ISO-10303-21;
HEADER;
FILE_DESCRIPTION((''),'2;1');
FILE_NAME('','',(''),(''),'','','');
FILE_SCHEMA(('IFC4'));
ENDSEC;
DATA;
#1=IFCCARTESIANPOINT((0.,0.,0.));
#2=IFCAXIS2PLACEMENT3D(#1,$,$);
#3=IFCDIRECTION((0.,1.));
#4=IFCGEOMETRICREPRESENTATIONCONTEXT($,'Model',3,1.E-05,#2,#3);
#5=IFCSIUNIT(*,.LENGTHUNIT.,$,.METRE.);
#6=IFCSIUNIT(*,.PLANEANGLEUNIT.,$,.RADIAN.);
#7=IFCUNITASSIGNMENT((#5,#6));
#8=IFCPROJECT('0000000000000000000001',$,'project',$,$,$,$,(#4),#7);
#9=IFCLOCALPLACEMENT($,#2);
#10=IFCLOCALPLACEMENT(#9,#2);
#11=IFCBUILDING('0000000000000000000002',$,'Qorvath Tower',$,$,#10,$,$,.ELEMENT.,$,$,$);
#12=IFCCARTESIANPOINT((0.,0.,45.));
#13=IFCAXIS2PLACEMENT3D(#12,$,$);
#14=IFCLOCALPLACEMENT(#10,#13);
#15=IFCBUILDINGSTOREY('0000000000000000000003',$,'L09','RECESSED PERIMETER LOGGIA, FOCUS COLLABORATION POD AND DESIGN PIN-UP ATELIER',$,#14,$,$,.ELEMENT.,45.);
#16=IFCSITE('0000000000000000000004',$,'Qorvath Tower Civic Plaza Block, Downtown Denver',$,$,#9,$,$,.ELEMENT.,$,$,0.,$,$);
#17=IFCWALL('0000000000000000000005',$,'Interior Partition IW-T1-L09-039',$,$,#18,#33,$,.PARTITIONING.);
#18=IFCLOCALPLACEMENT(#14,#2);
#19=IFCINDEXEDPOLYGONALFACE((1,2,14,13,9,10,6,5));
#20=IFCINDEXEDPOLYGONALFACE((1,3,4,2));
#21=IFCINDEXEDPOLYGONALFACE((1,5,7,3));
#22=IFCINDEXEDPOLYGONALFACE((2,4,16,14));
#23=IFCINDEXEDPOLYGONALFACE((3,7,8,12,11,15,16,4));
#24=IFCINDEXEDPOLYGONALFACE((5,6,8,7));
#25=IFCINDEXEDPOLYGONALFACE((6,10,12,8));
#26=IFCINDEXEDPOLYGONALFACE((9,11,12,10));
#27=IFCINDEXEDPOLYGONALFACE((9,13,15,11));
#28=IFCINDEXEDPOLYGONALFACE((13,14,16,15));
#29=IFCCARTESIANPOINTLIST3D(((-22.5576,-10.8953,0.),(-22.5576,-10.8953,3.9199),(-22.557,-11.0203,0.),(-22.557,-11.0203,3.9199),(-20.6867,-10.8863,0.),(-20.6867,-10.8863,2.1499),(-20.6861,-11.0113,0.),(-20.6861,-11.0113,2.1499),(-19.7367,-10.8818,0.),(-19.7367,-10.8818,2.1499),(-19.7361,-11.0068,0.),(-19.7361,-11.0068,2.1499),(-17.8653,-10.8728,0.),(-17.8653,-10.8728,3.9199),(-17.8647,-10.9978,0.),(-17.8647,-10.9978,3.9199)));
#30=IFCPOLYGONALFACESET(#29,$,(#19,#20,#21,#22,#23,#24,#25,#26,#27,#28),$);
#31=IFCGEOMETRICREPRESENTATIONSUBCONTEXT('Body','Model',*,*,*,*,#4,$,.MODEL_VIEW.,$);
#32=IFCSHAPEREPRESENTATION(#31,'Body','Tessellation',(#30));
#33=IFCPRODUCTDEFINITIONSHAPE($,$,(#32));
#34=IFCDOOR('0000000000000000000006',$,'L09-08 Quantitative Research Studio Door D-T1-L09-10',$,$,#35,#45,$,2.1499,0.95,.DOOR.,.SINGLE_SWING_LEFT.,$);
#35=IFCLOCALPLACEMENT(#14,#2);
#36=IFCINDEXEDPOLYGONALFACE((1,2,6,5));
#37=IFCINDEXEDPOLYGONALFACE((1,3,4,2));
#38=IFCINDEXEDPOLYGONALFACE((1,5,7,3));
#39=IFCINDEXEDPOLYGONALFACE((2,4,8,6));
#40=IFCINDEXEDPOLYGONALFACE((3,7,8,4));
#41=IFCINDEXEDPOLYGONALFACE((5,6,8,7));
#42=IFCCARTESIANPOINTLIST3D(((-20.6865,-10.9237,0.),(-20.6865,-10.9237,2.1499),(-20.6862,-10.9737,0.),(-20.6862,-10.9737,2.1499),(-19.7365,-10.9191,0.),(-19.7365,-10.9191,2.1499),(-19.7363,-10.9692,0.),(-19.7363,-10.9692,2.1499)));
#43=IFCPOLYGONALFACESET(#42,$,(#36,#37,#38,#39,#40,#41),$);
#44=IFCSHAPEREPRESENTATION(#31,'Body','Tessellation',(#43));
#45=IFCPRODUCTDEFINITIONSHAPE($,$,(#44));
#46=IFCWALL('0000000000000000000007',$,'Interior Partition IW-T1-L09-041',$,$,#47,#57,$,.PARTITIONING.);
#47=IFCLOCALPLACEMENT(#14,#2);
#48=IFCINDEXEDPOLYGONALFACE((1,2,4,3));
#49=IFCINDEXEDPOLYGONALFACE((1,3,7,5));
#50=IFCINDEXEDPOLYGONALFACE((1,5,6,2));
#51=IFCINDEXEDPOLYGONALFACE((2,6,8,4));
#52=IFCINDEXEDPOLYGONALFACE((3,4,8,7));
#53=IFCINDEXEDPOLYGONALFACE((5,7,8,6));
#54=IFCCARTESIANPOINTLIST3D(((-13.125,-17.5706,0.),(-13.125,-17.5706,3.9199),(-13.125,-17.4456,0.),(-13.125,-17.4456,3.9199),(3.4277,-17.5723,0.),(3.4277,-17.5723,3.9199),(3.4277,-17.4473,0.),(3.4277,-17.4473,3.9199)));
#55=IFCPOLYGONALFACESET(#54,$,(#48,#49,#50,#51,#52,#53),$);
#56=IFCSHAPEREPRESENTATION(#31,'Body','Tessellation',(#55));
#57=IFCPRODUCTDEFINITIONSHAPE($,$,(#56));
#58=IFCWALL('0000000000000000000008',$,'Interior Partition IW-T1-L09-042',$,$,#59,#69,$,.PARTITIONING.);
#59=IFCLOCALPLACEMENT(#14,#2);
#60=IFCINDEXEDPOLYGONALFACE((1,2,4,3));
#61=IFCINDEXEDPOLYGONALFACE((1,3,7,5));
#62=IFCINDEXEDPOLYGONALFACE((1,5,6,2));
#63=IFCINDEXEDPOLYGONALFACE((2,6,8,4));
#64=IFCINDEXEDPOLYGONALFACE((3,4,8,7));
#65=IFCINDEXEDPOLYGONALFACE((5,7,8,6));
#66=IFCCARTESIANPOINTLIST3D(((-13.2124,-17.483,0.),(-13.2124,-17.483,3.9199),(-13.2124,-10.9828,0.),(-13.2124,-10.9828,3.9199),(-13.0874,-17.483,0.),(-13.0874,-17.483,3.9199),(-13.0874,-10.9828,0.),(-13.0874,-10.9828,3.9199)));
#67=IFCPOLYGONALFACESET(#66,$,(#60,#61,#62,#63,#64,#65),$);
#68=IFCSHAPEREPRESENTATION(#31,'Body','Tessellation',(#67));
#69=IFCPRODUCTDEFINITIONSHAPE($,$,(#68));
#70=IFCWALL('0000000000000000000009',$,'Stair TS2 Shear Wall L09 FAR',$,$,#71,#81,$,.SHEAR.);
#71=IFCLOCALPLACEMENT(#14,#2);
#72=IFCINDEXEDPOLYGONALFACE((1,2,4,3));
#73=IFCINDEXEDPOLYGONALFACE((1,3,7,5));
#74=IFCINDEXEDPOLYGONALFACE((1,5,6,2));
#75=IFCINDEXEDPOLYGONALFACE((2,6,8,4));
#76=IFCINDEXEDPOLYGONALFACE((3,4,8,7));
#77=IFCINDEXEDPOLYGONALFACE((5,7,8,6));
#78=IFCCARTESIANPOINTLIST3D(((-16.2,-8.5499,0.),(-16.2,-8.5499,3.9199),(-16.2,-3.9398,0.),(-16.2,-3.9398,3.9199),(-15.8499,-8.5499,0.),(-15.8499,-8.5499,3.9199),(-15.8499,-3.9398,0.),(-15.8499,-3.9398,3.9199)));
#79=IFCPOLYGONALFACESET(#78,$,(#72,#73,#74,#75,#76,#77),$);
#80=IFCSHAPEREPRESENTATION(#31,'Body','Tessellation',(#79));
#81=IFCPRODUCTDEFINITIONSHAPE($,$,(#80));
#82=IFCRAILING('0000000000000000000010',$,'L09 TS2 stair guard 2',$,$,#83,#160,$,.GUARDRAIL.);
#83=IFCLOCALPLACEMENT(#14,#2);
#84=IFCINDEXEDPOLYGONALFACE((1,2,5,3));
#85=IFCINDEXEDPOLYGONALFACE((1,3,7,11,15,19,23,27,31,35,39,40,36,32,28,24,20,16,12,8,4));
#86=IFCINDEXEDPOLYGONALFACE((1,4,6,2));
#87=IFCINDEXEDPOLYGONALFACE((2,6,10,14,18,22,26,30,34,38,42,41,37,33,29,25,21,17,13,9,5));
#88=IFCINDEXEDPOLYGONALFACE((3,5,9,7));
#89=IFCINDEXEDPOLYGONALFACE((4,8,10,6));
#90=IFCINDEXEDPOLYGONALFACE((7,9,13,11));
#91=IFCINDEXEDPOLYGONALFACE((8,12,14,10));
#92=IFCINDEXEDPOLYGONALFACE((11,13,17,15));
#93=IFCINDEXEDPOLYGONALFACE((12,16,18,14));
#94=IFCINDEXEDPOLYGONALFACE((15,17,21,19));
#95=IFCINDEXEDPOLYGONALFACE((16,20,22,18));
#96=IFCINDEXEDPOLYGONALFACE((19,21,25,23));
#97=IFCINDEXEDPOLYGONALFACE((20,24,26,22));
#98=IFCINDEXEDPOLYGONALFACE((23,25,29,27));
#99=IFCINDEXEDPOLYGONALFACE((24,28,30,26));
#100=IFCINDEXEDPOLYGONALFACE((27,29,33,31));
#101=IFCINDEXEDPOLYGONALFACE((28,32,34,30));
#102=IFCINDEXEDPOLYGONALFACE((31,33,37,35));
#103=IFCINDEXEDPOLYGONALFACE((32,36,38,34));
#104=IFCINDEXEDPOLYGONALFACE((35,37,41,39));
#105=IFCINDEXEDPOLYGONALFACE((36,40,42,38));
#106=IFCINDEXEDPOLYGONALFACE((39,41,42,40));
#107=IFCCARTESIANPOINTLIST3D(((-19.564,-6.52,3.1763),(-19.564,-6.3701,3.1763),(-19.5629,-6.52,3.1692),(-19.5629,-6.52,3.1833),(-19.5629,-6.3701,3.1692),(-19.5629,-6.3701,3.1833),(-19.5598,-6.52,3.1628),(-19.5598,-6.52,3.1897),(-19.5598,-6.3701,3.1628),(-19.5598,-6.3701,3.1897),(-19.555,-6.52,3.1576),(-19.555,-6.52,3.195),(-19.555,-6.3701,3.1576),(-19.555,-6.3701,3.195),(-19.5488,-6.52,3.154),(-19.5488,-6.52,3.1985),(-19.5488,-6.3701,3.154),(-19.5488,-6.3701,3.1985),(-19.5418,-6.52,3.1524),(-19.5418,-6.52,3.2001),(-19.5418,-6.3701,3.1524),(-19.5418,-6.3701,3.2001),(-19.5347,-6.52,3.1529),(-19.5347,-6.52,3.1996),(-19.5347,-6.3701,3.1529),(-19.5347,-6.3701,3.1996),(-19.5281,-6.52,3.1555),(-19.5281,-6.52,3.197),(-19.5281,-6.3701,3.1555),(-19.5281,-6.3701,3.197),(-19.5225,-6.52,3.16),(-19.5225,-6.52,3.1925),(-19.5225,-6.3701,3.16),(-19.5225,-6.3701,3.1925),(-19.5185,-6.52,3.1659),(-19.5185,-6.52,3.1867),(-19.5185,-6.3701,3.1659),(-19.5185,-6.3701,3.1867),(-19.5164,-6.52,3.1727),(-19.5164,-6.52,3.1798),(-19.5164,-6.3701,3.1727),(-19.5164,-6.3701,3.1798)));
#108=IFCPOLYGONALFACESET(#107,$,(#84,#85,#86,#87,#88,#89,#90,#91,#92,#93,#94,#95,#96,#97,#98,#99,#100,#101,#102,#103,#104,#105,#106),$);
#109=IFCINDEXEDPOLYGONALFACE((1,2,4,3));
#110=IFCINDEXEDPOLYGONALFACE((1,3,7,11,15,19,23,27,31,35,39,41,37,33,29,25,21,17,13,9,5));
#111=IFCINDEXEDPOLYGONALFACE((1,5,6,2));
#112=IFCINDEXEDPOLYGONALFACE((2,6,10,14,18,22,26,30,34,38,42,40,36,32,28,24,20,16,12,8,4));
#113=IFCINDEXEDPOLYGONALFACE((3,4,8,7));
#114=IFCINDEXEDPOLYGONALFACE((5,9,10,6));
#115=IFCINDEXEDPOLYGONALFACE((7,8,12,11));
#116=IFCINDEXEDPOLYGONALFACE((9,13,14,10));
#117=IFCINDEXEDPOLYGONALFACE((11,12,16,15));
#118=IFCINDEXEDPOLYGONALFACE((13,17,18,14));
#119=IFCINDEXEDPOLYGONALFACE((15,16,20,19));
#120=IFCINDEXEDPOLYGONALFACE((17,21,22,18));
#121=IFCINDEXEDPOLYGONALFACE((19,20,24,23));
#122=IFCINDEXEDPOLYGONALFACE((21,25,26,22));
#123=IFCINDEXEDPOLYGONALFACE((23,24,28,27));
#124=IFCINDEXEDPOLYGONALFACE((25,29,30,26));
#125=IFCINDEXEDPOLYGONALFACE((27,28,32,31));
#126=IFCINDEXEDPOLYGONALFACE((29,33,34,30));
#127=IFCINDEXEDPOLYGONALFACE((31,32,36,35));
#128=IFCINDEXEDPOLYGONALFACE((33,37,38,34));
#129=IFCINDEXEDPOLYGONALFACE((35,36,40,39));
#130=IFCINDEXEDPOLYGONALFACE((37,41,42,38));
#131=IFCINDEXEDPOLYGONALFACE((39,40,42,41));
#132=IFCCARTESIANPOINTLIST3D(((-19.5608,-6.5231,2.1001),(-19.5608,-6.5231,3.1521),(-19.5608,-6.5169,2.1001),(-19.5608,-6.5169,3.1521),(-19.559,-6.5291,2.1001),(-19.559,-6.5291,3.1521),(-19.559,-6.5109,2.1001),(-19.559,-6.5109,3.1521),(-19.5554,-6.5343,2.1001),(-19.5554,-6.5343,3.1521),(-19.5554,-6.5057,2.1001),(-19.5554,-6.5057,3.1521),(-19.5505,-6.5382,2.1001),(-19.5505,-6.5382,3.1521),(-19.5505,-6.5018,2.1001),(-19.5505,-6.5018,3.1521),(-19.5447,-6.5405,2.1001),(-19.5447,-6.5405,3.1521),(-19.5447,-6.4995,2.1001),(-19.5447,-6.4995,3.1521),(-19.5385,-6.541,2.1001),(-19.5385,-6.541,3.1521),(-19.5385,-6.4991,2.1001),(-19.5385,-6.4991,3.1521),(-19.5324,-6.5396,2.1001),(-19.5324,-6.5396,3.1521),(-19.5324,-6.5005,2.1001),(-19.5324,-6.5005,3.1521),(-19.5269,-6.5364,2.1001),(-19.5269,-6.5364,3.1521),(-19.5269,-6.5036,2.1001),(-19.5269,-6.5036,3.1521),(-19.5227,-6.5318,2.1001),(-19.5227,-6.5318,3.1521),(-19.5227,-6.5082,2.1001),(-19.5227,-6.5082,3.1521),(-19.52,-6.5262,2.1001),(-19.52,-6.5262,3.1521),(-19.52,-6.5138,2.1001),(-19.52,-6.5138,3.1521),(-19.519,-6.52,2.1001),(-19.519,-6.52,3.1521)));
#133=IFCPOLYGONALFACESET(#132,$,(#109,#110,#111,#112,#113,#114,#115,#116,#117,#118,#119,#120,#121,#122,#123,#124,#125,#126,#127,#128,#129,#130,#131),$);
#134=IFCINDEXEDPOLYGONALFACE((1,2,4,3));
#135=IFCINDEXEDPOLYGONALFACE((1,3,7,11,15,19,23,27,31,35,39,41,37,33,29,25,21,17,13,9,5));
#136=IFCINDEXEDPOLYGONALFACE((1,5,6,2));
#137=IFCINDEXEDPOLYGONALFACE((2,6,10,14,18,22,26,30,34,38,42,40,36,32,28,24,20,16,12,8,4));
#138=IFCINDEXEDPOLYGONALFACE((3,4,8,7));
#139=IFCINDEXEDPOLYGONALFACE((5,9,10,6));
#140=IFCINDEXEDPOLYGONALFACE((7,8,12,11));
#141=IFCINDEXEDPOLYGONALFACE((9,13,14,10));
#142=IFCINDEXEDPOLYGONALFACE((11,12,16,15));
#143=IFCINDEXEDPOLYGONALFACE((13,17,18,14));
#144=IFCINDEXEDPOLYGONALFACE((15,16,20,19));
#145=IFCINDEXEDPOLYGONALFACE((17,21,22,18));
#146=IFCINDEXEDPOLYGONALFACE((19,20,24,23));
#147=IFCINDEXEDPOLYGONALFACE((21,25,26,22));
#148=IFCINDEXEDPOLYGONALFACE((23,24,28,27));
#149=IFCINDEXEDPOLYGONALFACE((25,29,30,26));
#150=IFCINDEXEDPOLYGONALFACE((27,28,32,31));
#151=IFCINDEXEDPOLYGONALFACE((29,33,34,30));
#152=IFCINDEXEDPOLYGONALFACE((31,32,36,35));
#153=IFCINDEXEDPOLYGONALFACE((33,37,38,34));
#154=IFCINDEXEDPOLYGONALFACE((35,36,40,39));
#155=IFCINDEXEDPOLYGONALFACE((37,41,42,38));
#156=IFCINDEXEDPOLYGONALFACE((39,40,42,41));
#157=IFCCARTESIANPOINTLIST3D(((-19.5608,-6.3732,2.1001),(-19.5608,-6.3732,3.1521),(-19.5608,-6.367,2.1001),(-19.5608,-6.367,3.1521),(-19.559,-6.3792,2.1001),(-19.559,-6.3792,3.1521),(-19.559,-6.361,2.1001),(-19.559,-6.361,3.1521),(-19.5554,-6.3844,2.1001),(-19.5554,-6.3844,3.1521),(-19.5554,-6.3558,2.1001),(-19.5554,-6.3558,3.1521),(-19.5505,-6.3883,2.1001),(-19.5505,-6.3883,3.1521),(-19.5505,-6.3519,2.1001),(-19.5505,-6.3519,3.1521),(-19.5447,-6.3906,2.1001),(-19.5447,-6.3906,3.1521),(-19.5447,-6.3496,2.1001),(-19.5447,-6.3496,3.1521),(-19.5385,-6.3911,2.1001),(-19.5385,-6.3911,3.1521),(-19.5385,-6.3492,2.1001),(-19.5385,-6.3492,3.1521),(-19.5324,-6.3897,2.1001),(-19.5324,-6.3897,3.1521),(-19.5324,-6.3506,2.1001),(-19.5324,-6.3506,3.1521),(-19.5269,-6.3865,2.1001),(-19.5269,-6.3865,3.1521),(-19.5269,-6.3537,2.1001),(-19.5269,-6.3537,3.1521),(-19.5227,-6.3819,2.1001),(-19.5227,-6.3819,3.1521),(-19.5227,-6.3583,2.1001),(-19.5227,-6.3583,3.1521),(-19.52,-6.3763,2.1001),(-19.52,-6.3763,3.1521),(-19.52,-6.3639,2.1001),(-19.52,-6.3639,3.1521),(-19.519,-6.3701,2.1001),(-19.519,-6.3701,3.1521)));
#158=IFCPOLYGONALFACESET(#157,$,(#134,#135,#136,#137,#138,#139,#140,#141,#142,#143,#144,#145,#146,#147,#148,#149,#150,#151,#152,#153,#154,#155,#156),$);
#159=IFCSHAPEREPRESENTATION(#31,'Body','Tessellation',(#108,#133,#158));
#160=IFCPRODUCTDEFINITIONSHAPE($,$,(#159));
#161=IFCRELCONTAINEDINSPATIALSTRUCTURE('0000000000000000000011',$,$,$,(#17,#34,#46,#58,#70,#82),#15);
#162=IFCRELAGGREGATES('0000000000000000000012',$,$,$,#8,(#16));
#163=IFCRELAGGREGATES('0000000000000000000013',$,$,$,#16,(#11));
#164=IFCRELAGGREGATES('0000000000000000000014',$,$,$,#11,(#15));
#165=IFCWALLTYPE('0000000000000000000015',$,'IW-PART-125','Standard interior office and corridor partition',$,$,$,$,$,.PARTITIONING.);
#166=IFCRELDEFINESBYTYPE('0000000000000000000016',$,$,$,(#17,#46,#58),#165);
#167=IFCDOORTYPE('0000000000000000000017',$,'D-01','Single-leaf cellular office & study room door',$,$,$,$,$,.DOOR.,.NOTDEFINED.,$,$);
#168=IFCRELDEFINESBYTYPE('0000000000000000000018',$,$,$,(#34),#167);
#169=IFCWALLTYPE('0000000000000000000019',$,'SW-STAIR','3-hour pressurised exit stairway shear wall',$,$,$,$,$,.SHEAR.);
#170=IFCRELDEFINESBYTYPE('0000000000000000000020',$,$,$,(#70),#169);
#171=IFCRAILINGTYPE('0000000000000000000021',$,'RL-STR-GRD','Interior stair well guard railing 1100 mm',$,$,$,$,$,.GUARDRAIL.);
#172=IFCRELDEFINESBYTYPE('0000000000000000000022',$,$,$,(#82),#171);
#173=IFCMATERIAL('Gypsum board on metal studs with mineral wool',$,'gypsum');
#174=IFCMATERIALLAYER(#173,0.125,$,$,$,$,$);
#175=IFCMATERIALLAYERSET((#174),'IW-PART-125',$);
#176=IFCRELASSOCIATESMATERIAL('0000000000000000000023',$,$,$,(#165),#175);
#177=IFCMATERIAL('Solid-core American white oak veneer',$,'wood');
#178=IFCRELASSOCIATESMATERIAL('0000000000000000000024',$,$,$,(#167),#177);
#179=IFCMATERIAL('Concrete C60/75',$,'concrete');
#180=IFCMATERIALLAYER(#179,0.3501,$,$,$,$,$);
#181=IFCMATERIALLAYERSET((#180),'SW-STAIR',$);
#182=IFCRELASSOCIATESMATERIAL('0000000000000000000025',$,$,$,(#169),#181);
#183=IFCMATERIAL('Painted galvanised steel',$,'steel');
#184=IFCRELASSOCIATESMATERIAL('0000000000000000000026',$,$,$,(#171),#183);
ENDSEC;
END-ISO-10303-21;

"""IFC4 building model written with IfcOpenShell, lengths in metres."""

from ifc_helpers import new_model, si_unit, direction, frame, frame_2d, origin, origin_2d, place, context, subcontext, project, spatial, rectangle, circle, extrude, material, layer, layer_set, type_object, element, fill, save


model = new_model("IFC4")

# Units and contexts
model_context = context("Model", 3, precision=1e-05, world=origin(), true_north=direction((0.0, 1.0)))
body_context = subcontext(model_context, "Body", "Model", "MODEL_VIEW")
ifc_project = project(units=[si_unit("LENGTHUNIT", "METRE"), si_unit("PLANEANGLEUNIT", "RADIAN")], contexts=[model_context])

# Site, building, storey
site_placement = place(None, origin())
site = spatial("IfcSite", under=ifc_project, at=site_placement, Name="Qorvath Tower Civic Plaza Block, Downtown Denver", CompositionType="ELEMENT", RefElevation=0.0)
building_placement = place(site_placement, origin())
building = spatial("IfcBuilding", under=site, at=building_placement, Name="Qorvath Tower", CompositionType="ELEMENT")
storey_placement = place(building_placement, frame((0.0, 0.0, 45.0)))
storey = spatial("IfcBuildingStorey", under=building, at=storey_placement, Name="L09", Description="RECESSED PERIMETER LOGGIA, FOCUS COLLABORATION POD AND DESIGN PIN-UP ATELIER", CompositionType="ELEMENT", Elevation=45.0)

# Wall, opening, door
ifc_material_1 = material(Name="Gypsum board on metal studs with mineral wool", Category="gypsum")
ifc_layer_1 = layer(ifc_material_1, 0.125)
ifc_layer_set_1 = layer_set([ifc_layer_1], Name="IW-PART-125")
wall_type_1 = type_object("IfcWallType", Name="IW-PART-125", Description="Standard interior office and corridor partition", PredefinedType="PARTITIONING", material=ifc_layer_set_1)
wall_1_placement = place(storey_placement, frame((-17.865, -10.9353, 0.0), z_axis=(0.0, 0.0, 1.0), x_axis=(-0.999989, -0.004787, 0.0)))
wall_1 = element("IfcWall", 1, at=wall_1_placement, inside=storey, type_object=wall_type_1, Name="Interior Partition IW-T1-L09-039", PredefinedType="PARTITIONING", context=body_context, shape_type="SweptSolid", body=[
    extrude(rectangle(XDim=4.6924, YDim=0.125, at=frame_2d((2.3462, 0.0))), origin(), (0.0, 0.0, 1.0), 3.9199),
])
opening_1_placement = place(wall_1_placement, frame((1.8713, 0.0, 0.0)))
opening_1 = element("IfcOpeningElement", 2, at=opening_1_placement, cuts=wall_1, PredefinedType="OPENING", context=body_context, shape_type="SweptSolid", body=[
    extrude(rectangle(XDim=0.95, YDim=2.1499, at=frame_2d((0.4751, 1.075))), frame((0.0, 0.0725, 0.0), z_axis=(0.0, -1.0, 0.0), x_axis=(1.0, 0.0, 0.0)), (0.0, 0.0, 1.0), 0.145),
])
ifc_material_2 = material(Name="Solid-core American white oak veneer", Category="wood")
door_type = type_object("IfcDoorType", Name="D-01", Description="Single-leaf cellular office & study room door", OperationType="NOTDEFINED", PredefinedType="DOOR", material=ifc_material_2)
door_1_placement = place(opening_1_placement, origin())
door_1 = element("IfcDoor", 3, at=door_1_placement, inside=storey, type_object=door_type, Name="L09-08 Quantitative Research Studio Door D-T1-L09-10", OperationType="SINGLE_SWING_LEFT", OverallHeight=2.1499, OverallWidth=0.95, PredefinedType="DOOR", context=body_context, shape_type="SweptSolid", body=[
    extrude(rectangle(XDim=0.95, YDim=2.1499, at=frame_2d((0.4751, 1.075))), frame((0.0, 0.0249, 0.0), z_axis=(0.0, -1.0, 0.0), x_axis=(1.0, 0.0, 0.0)), (0.0, 0.0, 1.0), 0.05),
])
fill(opening_1, door_1)

# Walls
wall_2_placement = place(storey_placement, frame((3.4277, -17.5098, 0.0), z_axis=(0.0, 0.0, 1.0), x_axis=(-1.0, 0.000103, 0.0)))
element("IfcWall", 4, at=wall_2_placement, inside=storey, type_object=wall_type_1, Name="Interior Partition IW-T1-L09-041", PredefinedType="PARTITIONING", context=body_context, shape_type="SweptSolid", body=[
    extrude(rectangle(XDim=16.5527, YDim=0.125, at=frame_2d((8.2764, 0.0))), origin(), (0.0, 0.0, 1.0), 3.9199),
])
wall_3_placement = place(storey_placement, frame((-13.1499, -10.9829, 0.0), z_axis=(0.0, 0.0, 1.0), x_axis=(0.0, -1.0, 0.0)))
element("IfcWall", 5, at=wall_3_placement, inside=storey, type_object=wall_type_1, Name="Interior Partition IW-T1-L09-042", PredefinedType="PARTITIONING", context=body_context, shape_type="SweptSolid", body=[
    extrude(rectangle(XDim=6.5002, YDim=0.125, at=frame_2d((3.25, 0.0))), origin(), (0.0, 0.0, 1.0), 3.9199),
])

# Wall
ifc_material_3 = material(Name="Concrete C60/75", Category="concrete")
ifc_layer_2 = layer(ifc_material_3, 0.3501)
ifc_layer_set_2 = layer_set([ifc_layer_2], Name="SW-STAIR")
wall_type_2 = type_object("IfcWallType", Name="SW-STAIR", Description="3-hour pressurised exit stairway shear wall", PredefinedType="SHEAR", material=ifc_layer_set_2)
wall_4_placement = place(storey_placement, frame((-16.0249, -8.55, 0.0), z_axis=(0.0, 0.0, 1.0), x_axis=(0.0, 1.0, 0.0)))
element("IfcWall", 6, at=wall_4_placement, inside=storey, type_object=wall_type_2, Name="Stair TS2 Shear Wall L09 FAR", PredefinedType="SHEAR", context=body_context, shape_type="SweptSolid", body=[
    extrude(rectangle(XDim=4.6101, YDim=0.3501, at=frame_2d((2.3052, 0.0))), origin(), (0.0, 0.0, 1.0), 3.9199),
])

# Railing
ifc_material_4 = material(Name="Painted galvanised steel", Category="steel")
railing_type = type_object("IfcRailingType", Name="RL-STR-GRD", Description="Interior stair well guard railing 1100 mm", PredefinedType="GUARDRAIL", material=ifc_material_4)
railing_1_placement = place(storey_placement, frame((-19.54, -6.52, 2.1001)))
element("IfcRailing", 7, at=railing_1_placement, inside=storey, type_object=railing_type, Name="L09 TS2 stair guard 2", PredefinedType="GUARDRAIL", context=body_context, shape_type="SweptSolid", body=[
    extrude(circle(Radius=0.0239, at=origin_2d()), frame((0.0, 0.0, 1.0762), z_axis=(0.0, 1.0, 0.0), x_axis=(-1.0, 0.0, 0.0)), (0.0, 0.0, 1.0), 0.1499),
    extrude(circle(Radius=0.021, at=origin_2d()), origin(), (0.0, 0.0, 1.0), 1.052),
    extrude(circle(Radius=0.021, at=origin_2d()), frame((0.0, 0.1499, 0.0)), (0.0, 0.0, 1.0), 1.052),
])

save(model, "model.ifc")
